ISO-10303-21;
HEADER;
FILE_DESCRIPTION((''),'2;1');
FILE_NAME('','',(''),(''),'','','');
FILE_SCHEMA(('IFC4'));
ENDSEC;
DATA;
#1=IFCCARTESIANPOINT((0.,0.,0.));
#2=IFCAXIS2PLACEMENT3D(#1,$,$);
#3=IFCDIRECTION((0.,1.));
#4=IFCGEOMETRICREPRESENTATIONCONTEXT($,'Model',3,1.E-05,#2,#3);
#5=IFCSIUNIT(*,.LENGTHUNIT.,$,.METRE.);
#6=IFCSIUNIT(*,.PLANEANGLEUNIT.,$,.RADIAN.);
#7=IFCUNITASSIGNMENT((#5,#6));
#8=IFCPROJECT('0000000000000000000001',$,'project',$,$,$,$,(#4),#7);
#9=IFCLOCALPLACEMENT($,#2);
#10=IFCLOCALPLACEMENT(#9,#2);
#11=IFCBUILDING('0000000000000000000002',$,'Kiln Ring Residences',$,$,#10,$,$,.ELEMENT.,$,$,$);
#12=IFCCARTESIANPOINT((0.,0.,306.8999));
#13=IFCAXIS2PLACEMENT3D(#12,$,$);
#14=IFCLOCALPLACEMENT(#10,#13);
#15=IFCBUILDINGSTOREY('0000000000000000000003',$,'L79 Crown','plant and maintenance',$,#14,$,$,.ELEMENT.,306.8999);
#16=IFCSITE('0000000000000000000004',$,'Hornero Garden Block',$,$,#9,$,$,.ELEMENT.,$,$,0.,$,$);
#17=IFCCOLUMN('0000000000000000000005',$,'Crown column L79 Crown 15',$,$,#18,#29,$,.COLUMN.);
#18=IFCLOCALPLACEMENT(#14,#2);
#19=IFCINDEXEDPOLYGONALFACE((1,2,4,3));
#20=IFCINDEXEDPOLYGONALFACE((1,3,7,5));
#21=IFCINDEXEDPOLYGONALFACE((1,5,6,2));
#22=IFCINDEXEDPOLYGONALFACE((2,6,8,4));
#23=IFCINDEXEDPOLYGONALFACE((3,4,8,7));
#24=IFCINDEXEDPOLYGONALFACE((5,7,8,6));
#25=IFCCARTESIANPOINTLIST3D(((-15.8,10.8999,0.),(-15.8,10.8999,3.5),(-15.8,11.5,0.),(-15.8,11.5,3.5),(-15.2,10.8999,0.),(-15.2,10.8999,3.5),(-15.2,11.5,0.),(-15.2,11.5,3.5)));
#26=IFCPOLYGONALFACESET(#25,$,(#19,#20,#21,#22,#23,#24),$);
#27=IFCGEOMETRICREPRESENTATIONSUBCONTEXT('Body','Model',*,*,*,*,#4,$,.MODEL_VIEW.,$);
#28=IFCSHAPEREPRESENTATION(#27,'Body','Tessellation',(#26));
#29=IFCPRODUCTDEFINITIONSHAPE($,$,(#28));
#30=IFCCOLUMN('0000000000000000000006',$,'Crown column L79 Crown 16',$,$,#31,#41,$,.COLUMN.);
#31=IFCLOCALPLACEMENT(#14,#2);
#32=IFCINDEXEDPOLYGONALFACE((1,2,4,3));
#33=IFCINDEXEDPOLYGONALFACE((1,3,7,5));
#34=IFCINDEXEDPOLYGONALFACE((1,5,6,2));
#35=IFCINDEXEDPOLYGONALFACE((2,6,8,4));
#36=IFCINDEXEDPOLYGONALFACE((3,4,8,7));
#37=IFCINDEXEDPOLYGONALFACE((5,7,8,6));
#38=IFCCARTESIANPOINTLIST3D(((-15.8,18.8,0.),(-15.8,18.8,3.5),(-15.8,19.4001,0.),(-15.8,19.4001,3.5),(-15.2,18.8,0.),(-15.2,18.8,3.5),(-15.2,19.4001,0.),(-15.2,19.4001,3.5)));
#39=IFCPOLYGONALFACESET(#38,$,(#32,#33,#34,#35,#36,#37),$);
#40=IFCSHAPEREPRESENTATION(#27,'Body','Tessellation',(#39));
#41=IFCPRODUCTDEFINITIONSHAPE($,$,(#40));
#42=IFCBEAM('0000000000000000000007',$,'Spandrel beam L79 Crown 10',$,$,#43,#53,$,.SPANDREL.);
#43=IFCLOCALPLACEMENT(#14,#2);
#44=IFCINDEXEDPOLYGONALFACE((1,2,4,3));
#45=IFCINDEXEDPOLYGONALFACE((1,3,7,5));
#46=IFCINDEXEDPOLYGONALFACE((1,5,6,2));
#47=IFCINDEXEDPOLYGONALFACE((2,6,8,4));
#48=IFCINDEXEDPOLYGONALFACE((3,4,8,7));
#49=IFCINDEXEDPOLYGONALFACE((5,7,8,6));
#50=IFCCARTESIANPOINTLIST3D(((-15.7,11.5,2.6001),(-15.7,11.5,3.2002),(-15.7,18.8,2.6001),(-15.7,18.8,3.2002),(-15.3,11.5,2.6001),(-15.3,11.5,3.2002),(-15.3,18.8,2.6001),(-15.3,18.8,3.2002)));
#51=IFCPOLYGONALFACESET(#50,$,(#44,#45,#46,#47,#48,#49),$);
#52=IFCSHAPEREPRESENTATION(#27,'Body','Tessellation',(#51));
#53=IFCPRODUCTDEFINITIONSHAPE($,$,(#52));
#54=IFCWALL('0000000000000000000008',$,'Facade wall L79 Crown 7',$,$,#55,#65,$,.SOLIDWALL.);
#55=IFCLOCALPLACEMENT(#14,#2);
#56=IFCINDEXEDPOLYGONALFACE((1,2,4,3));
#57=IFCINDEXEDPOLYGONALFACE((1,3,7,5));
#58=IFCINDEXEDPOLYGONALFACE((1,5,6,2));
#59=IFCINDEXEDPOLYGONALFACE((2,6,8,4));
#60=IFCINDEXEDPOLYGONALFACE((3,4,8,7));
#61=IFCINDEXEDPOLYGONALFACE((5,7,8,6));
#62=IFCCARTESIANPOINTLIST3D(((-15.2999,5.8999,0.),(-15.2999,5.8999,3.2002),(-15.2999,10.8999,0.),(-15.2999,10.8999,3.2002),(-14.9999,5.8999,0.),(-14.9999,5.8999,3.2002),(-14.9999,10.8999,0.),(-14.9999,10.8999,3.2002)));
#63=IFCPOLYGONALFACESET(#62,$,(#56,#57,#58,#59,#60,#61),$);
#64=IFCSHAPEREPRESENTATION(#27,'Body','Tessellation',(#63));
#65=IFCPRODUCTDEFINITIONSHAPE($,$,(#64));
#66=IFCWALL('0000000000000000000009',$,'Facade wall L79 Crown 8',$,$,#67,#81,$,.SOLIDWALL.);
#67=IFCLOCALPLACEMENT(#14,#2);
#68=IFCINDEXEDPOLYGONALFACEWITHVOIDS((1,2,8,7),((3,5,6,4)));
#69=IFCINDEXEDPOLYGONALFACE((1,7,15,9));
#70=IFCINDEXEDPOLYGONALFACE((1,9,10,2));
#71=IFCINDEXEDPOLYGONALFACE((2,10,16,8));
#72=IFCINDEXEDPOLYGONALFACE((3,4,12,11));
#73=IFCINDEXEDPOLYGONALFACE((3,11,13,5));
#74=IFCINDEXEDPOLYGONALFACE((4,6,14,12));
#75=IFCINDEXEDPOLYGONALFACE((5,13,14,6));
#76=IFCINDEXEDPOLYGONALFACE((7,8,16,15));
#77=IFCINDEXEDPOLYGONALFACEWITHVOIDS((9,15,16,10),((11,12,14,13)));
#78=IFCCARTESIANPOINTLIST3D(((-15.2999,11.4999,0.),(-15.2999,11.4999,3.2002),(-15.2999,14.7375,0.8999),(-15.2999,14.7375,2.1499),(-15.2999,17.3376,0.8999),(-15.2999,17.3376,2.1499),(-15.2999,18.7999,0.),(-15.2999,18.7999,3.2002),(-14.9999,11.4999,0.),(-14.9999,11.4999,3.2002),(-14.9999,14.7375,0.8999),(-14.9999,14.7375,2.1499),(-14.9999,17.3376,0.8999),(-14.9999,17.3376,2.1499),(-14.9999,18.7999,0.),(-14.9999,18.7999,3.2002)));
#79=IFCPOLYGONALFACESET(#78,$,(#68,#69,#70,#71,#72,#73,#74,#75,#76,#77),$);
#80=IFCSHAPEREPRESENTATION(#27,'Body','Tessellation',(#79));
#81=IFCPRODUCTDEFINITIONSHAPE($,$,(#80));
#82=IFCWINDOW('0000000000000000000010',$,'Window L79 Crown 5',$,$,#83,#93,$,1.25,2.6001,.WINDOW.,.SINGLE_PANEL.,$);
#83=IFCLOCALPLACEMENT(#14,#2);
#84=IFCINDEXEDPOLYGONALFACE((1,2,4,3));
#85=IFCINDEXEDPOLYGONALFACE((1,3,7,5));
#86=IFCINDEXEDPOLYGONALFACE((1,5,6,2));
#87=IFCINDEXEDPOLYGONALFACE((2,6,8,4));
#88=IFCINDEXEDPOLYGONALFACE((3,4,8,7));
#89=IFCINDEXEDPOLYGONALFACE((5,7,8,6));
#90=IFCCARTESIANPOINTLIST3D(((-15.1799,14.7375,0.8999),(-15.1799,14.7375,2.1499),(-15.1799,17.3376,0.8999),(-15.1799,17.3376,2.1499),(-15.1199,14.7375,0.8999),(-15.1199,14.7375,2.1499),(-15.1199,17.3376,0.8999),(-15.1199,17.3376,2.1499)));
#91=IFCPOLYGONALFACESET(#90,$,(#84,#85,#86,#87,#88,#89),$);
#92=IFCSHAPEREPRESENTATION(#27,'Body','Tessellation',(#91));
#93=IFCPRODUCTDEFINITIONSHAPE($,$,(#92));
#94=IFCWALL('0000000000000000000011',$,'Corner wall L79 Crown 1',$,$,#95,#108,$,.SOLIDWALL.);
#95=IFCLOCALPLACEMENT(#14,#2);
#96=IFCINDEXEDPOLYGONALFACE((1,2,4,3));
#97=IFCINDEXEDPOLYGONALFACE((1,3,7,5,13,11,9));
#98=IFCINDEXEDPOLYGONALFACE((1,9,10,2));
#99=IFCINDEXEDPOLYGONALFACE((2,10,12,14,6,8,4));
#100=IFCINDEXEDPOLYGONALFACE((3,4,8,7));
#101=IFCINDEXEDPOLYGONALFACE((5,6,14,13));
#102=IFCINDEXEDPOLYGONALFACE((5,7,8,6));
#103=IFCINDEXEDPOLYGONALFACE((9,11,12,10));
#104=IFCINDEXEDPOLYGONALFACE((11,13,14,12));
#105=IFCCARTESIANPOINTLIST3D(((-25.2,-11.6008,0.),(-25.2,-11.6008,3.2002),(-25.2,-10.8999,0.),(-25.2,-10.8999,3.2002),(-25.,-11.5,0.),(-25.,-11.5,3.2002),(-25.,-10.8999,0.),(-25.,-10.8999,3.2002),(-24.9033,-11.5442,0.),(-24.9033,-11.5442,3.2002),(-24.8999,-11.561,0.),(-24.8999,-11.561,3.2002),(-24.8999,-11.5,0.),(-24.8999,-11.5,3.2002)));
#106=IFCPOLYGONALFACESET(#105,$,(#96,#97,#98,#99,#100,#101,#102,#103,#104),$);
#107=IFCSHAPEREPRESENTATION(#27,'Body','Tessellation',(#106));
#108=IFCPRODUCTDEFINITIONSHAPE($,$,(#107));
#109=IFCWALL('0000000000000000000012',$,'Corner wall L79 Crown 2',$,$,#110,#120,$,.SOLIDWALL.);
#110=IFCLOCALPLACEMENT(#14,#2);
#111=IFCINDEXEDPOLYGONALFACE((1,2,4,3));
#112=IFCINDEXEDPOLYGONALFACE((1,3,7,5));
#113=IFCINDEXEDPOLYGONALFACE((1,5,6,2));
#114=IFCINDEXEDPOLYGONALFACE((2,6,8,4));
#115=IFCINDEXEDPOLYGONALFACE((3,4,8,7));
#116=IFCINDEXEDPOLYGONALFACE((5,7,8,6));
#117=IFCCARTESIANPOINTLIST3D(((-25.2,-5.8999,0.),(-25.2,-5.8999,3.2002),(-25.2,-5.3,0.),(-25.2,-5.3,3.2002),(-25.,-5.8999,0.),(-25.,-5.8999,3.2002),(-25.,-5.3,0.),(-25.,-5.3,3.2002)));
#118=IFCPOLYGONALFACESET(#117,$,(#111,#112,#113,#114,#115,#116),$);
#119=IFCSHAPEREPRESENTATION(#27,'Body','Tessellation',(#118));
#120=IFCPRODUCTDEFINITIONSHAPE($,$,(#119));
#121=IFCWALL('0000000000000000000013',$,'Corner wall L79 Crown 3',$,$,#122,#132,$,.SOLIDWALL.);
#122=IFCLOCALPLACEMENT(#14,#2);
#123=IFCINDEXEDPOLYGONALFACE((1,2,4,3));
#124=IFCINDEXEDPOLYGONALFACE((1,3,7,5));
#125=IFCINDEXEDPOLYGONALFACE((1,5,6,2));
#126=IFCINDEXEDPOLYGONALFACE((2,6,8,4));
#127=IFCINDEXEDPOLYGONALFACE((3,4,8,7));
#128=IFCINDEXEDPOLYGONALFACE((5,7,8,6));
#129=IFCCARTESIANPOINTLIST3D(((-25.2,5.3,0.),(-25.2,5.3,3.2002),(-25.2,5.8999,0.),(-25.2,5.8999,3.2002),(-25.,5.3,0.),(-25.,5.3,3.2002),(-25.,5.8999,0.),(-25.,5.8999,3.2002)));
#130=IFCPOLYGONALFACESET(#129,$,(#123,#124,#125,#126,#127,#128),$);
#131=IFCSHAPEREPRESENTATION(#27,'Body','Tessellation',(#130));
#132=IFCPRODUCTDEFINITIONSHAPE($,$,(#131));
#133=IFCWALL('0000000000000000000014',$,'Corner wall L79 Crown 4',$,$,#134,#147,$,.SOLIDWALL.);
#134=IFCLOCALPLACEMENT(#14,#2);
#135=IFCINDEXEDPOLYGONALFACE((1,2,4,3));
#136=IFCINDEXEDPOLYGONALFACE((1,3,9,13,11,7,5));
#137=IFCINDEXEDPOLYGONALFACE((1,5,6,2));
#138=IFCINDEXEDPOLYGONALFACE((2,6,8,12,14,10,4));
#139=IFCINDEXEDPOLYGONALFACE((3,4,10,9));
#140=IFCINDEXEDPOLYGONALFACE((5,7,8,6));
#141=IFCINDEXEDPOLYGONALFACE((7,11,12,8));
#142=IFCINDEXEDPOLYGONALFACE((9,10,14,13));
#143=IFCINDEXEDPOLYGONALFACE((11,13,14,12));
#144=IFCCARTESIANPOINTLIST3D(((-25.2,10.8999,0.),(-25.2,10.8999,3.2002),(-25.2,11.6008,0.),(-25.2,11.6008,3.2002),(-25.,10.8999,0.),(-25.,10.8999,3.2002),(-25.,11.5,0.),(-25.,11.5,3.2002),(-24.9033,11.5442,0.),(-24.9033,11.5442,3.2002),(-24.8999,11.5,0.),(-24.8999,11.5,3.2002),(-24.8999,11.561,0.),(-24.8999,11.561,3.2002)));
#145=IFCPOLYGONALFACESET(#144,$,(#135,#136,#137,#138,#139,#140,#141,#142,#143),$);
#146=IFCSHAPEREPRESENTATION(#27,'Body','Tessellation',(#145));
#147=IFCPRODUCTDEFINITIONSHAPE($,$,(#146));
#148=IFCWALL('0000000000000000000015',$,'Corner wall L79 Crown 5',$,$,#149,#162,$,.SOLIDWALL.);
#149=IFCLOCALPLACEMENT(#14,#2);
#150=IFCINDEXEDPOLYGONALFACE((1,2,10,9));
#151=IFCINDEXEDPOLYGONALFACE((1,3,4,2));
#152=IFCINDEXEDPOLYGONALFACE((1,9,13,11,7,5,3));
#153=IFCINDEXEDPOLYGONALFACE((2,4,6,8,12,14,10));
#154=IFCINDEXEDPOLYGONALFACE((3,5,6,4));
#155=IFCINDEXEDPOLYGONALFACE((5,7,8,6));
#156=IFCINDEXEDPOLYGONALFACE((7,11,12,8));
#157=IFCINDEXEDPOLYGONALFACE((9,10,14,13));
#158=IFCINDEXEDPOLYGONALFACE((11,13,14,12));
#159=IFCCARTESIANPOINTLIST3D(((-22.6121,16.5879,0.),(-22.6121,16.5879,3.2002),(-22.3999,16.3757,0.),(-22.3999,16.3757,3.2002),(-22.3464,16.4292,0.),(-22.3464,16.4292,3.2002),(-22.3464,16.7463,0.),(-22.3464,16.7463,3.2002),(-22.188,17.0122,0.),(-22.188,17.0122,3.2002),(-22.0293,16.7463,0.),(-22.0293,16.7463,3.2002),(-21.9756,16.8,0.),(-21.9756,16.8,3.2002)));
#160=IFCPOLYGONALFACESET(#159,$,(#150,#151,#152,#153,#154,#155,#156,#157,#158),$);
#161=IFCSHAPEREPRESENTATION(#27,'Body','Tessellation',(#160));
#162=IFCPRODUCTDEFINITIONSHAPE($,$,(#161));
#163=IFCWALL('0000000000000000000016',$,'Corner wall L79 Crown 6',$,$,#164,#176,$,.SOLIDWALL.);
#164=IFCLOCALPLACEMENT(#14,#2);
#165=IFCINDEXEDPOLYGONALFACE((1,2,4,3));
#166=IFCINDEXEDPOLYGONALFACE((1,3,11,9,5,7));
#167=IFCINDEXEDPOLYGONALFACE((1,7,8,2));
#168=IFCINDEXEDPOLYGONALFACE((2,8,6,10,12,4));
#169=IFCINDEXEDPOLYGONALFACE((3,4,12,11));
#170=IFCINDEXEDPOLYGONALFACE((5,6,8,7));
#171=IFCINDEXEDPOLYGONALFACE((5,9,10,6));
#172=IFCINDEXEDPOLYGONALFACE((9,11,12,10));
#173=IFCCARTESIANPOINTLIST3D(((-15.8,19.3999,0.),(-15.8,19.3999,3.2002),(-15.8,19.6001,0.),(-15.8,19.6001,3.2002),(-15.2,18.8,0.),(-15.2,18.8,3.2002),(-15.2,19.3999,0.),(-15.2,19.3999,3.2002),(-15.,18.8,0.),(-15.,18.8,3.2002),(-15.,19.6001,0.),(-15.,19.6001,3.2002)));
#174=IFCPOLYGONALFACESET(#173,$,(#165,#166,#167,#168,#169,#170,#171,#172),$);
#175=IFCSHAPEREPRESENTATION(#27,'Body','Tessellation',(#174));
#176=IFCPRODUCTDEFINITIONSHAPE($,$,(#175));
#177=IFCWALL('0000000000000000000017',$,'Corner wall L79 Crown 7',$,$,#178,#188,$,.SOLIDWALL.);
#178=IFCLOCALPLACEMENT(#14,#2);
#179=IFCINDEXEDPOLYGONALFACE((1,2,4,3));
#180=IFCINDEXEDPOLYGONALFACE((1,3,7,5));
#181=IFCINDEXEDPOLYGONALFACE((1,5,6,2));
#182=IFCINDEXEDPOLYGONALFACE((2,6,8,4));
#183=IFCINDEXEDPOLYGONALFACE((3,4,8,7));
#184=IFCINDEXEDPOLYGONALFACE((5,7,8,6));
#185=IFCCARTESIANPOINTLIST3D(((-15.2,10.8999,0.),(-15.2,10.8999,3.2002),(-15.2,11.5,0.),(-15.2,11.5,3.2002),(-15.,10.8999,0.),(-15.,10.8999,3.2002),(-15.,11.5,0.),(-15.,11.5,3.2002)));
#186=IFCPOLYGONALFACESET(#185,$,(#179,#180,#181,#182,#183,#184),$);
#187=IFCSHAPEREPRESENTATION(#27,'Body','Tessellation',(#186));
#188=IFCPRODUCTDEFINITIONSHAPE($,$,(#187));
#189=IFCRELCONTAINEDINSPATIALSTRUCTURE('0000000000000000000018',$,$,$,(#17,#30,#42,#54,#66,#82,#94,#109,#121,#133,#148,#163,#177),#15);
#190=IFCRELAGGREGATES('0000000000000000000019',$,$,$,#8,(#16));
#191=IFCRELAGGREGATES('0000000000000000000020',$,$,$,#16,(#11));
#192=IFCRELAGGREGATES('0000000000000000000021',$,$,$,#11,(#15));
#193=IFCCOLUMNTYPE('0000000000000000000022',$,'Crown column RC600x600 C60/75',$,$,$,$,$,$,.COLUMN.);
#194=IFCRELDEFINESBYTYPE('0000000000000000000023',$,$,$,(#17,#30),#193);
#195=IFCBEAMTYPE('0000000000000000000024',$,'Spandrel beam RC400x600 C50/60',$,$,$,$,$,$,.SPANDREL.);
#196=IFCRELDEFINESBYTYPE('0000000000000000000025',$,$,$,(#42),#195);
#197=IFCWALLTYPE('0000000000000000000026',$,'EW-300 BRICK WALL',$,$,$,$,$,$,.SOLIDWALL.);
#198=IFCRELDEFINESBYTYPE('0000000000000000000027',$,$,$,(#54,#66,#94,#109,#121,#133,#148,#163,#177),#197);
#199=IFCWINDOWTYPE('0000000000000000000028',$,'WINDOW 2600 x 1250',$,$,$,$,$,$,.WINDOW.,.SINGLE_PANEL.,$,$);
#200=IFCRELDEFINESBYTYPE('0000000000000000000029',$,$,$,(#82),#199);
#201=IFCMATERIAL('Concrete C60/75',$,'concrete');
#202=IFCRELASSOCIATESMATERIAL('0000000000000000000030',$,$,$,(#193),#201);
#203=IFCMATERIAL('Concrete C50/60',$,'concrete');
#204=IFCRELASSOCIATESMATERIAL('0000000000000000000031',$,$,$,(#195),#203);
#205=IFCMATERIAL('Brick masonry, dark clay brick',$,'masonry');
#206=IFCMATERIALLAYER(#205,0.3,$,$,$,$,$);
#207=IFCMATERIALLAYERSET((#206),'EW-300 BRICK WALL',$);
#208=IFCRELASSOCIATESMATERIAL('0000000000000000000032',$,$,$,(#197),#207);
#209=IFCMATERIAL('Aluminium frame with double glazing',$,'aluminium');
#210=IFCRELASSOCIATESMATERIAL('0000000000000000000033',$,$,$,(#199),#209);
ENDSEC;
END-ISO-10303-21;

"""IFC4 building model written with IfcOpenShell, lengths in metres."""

from ifc_helpers import new_model, si_unit, direction, frame, frame_2d, origin, origin_2d, place, context, subcontext, project, spatial, polyline, rectangle, outline, extrude, material, layer, layer_set, material_profile, profile_set, type_object, element, fill, save


model = new_model("IFC4")

# Units and contexts
model_context = context("Model", 3, precision=1e-05, world=origin(), true_north=direction((0.0, 1.0)))
body_context = subcontext(model_context, "Body", "Model", "MODEL_VIEW")
ifc_project = project(units=[si_unit("LENGTHUNIT", "METRE"), si_unit("PLANEANGLEUNIT", "RADIAN")], contexts=[model_context])

# Site, building, storey
site_placement = place(None, origin())
site = spatial("IfcSite", under=ifc_project, at=site_placement, Name="Hornero Garden Block", CompositionType="ELEMENT", RefElevation=0.0)
building_placement = place(site_placement, origin())
building = spatial("IfcBuilding", under=site, at=building_placement, Name="Kiln Ring Residences", CompositionType="ELEMENT")
storey_placement = place(building_placement, frame((0.0, 0.0, 306.8999)))
storey = spatial("IfcBuildingStorey", under=building, at=storey_placement, Name="L79 Crown", Description="plant and maintenance", CompositionType="ELEMENT", Elevation=306.8999)

# Columns
ifc_material_1 = material(Name="Concrete C60/75", Category="concrete")
ifc_material_profile_1 = material_profile(ifc_material_1, rectangle(XDim=0.6001, YDim=0.6001, at=origin_2d()), Name="RC600x600")
ifc_profile_set_1 = profile_set([ifc_material_profile_1], Name="Concrete C60/75")
column_type = type_object("IfcColumnType", Name="Crown column RC600x600 C60/75", PredefinedType="COLUMN", material=ifc_profile_set_1)
for number, where, z_axis, x_axis, name in (
    (1, (-15.5, 11.2, 0.0), (0.0, 0.0, 1.0), (1.0, 0.0, 0.0), "Crown column L79 Crown 15"),
    (2, (-15.5, 19.1001, 0.0), (0.0, 0.0, 1.0), (1.0, 0.0, 0.0), "Crown column L79 Crown 16"),
):
    element("IfcColumn", number, at=place(storey_placement, frame(where, z_axis=z_axis, x_axis=x_axis)), inside=storey, type_object=column_type, Name=name, PredefinedType="COLUMN", context=body_context, shape_type="SweptSolid", body=[
        extrude(rectangle(XDim=0.6001, YDim=0.6001, at=origin_2d()), origin(), (0.0, 0.0, 1.0), 3.5),
    ])

# Beam
ifc_material_2 = material(Name="Concrete C50/60", Category="concrete")
ifc_material_profile_2 = material_profile(ifc_material_2, rectangle(XDim=0.3999, YDim=0.6001, at=origin_2d()), Name="RC400x600")
ifc_profile_set_2 = profile_set([ifc_material_profile_2], Name="Concrete C50/60")
beam_type = type_object("IfcBeamType", Name="Spandrel beam RC400x600 C50/60", PredefinedType="SPANDREL", material=ifc_profile_set_2)
beam_placement = place(storey_placement, frame((-15.5, 11.5, 2.9001), z_axis=(0.0, 1.0, 0.0), x_axis=(-1.0, 0.0, 0.0)))
element("IfcBeam", 3, at=beam_placement, inside=storey, type_object=beam_type, Name="Spandrel beam L79 Crown 10", PredefinedType="SPANDREL", context=body_context, shape_type="SweptSolid", body=[
    extrude(rectangle(XDim=0.3999, YDim=0.6001, at=origin_2d()), origin(), (0.0, 0.0, 1.0), 7.3),
])

# Wall
ifc_material_3 = material(Name="Brick masonry, dark clay brick", Category="masonry")
ifc_layer_1 = layer(ifc_material_3, 0.3)
ifc_layer_set_1 = layer_set([ifc_layer_1], Name="EW-300 BRICK WALL")
wall_type = type_object("IfcWallType", Name="EW-300 BRICK WALL", PredefinedType="SOLIDWALL", material=ifc_layer_set_1)
wall_1_placement = place(storey_placement, frame((-15.1499, 5.8999, 0.0), z_axis=(0.0, 0.0, 1.0), x_axis=(0.0, 1.0, 0.0)))
element("IfcWall", 4, at=wall_1_placement, inside=storey, type_object=wall_type, Name="Facade wall L79 Crown 7", PredefinedType="SOLIDWALL", context=body_context, shape_type="SweptSolid", body=[
    extrude(rectangle(XDim=5.0, YDim=0.3, at=frame_2d((2.5, 0.0))), origin(), (0.0, 0.0, 1.0), 3.2002),
])

# Wall, opening, window
wall_2_placement = place(storey_placement, frame((-15.1499, 11.5, 0.0), z_axis=(0.0, 0.0, 1.0), x_axis=(0.0, 1.0, 0.0)))
wall_2 = element("IfcWall", 5, at=wall_2_placement, inside=storey, type_object=wall_type, Name="Facade wall L79 Crown 8", PredefinedType="SOLIDWALL", context=body_context, shape_type="SweptSolid", body=[
    extrude(rectangle(XDim=7.3, YDim=0.3, at=frame_2d((3.6499, 0.0))), origin(), (0.0, 0.0, 1.0), 3.2002),
])
opening_placement = place(wall_2_placement, frame((3.2375, 0.0, 0.8999)))
opening = element("IfcOpeningElement", 6, at=opening_placement, cuts=wall_2, PredefinedType="OPENING", context=body_context, shape_type="SweptSolid", body=[
    extrude(rectangle(XDim=2.6001, YDim=1.25, at=frame_2d((1.3, 0.625))), frame((0.0, 0.1599, 0.0), z_axis=(0.0, -1.0, 0.0), x_axis=(1.0, 0.0, 0.0)), (0.0, 0.0, 1.0), 0.3201),
])
ifc_material_4 = material(Name="Aluminium frame with double glazing", Category="aluminium")
window_type = type_object("IfcWindowType", Name="WINDOW 2600 x 1250", PartitioningType="SINGLE_PANEL", PredefinedType="WINDOW", material=ifc_material_4)
window_placement = place(opening_placement, origin())
window = element("IfcWindow", 7, at=window_placement, inside=storey, type_object=window_type, Name="Window L79 Crown 5", OverallHeight=1.25, OverallWidth=2.6001, PartitioningType="SINGLE_PANEL", PredefinedType="WINDOW", context=body_context, shape_type="SweptSolid", body=[
    extrude(rectangle(XDim=2.6001, YDim=1.25, at=frame_2d((1.3, 0.625))), frame((0.0, 0.03, 0.0), z_axis=(0.0, -1.0, 0.0), x_axis=(1.0, 0.0, 0.0)), (0.0, 0.0, 1.0), 0.0601),
])
fill(opening, window)

# Walls
placement = place(storey_placement, origin())
element("IfcWall", 8, at=placement, inside=storey, type_object=wall_type, Name="Corner wall L79 Crown 1", PredefinedType="SOLIDWALL", context=body_context, shape_type="SweptSolid", body=[
    extrude(outline(polyline([(-25.2, -10.8999), (-25.2, -11.6008), (-24.9033, -11.5442), (-24.8999, -11.561), (-24.8999, -11.5), (-25.0, -11.5), (-25.0, -10.8999), (-25.2, -10.8999)])), origin(), (0.0, 0.0, 1.0), 3.2002),
])
element("IfcWall", 9, at=placement, inside=storey, type_object=wall_type, Name="Corner wall L79 Crown 2", PredefinedType="SOLIDWALL", context=body_context, shape_type="SweptSolid", body=[
    extrude(outline(polyline([(-25.0, -5.3), (-25.2, -5.3), (-25.2, -5.8999), (-24.8999, -5.8999), (-25.0, -5.8999), (-25.0, -5.3)])), origin(), (0.0, 0.0, 1.0), 3.2002),
])
element("IfcWall", 10, at=placement, inside=storey, type_object=wall_type, Name="Corner wall L79 Crown 3", PredefinedType="SOLIDWALL", context=body_context, shape_type="SweptSolid", body=[
    extrude(outline(polyline([(-25.0, 5.8999), (-25.2, 5.8999), (-25.2, 5.3), (-25.0, 5.3), (-25.0, 5.8999)])), origin(), (0.0, 0.0, 1.0), 3.2002),
])
element("IfcWall", 11, at=placement, inside=storey, type_object=wall_type, Name="Corner wall L79 Crown 4", PredefinedType="SOLIDWALL", context=body_context, shape_type="SweptSolid", body=[
    extrude(outline(polyline([(-25.2, 11.6008), (-25.2, 10.8999), (-25.0, 10.8999), (-25.0, 11.5), (-24.8999, 11.5), (-24.8999, 11.561), (-24.9033, 11.5442), (-25.2, 11.6008)])), origin(), (0.0, 0.0, 1.0), 3.2002),
])
element("IfcWall", 12, at=placement, inside=storey, type_object=wall_type, Name="Corner wall L79 Crown 5", PredefinedType="SOLIDWALL", context=body_context, shape_type="SweptSolid", body=[
    extrude(outline(polyline([(-21.9756, 16.8), (-22.188, 17.0122), (-22.6121, 16.5879), (-22.3999, 16.3757), (-22.3464, 16.4292), (-22.3464, 16.7463), (-22.0293, 16.7463), (-21.9756, 16.8)])), origin(), (0.0, 0.0, 1.0), 3.2002),
])
element("IfcWall", 13, at=placement, inside=storey, type_object=wall_type, Name="Corner wall L79 Crown 6", PredefinedType="SOLIDWALL", context=body_context, shape_type="SweptSolid", body=[
    extrude(outline(polyline([(-15.0, 18.8), (-15.0, 19.6001), (-15.8, 19.6001), (-15.8, 19.3999), (-15.2, 19.3999), (-15.2, 18.8), (-15.0, 18.8)])), origin(), (0.0, 0.0, 1.0), 3.2002),
])
element("IfcWall", 14, at=placement, inside=storey, type_object=wall_type, Name="Corner wall L79 Crown 7", PredefinedType="SOLIDWALL", context=body_context, shape_type="SweptSolid", body=[
    extrude(outline(polyline([(-15.2, 10.8999), (-15.0, 10.8999), (-15.0, 11.5), (-15.2, 11.5), (-15.2, 10.8999)])), origin(), (0.0, 0.0, 1.0), 3.2002),
])

save(model, "model.ifc")
